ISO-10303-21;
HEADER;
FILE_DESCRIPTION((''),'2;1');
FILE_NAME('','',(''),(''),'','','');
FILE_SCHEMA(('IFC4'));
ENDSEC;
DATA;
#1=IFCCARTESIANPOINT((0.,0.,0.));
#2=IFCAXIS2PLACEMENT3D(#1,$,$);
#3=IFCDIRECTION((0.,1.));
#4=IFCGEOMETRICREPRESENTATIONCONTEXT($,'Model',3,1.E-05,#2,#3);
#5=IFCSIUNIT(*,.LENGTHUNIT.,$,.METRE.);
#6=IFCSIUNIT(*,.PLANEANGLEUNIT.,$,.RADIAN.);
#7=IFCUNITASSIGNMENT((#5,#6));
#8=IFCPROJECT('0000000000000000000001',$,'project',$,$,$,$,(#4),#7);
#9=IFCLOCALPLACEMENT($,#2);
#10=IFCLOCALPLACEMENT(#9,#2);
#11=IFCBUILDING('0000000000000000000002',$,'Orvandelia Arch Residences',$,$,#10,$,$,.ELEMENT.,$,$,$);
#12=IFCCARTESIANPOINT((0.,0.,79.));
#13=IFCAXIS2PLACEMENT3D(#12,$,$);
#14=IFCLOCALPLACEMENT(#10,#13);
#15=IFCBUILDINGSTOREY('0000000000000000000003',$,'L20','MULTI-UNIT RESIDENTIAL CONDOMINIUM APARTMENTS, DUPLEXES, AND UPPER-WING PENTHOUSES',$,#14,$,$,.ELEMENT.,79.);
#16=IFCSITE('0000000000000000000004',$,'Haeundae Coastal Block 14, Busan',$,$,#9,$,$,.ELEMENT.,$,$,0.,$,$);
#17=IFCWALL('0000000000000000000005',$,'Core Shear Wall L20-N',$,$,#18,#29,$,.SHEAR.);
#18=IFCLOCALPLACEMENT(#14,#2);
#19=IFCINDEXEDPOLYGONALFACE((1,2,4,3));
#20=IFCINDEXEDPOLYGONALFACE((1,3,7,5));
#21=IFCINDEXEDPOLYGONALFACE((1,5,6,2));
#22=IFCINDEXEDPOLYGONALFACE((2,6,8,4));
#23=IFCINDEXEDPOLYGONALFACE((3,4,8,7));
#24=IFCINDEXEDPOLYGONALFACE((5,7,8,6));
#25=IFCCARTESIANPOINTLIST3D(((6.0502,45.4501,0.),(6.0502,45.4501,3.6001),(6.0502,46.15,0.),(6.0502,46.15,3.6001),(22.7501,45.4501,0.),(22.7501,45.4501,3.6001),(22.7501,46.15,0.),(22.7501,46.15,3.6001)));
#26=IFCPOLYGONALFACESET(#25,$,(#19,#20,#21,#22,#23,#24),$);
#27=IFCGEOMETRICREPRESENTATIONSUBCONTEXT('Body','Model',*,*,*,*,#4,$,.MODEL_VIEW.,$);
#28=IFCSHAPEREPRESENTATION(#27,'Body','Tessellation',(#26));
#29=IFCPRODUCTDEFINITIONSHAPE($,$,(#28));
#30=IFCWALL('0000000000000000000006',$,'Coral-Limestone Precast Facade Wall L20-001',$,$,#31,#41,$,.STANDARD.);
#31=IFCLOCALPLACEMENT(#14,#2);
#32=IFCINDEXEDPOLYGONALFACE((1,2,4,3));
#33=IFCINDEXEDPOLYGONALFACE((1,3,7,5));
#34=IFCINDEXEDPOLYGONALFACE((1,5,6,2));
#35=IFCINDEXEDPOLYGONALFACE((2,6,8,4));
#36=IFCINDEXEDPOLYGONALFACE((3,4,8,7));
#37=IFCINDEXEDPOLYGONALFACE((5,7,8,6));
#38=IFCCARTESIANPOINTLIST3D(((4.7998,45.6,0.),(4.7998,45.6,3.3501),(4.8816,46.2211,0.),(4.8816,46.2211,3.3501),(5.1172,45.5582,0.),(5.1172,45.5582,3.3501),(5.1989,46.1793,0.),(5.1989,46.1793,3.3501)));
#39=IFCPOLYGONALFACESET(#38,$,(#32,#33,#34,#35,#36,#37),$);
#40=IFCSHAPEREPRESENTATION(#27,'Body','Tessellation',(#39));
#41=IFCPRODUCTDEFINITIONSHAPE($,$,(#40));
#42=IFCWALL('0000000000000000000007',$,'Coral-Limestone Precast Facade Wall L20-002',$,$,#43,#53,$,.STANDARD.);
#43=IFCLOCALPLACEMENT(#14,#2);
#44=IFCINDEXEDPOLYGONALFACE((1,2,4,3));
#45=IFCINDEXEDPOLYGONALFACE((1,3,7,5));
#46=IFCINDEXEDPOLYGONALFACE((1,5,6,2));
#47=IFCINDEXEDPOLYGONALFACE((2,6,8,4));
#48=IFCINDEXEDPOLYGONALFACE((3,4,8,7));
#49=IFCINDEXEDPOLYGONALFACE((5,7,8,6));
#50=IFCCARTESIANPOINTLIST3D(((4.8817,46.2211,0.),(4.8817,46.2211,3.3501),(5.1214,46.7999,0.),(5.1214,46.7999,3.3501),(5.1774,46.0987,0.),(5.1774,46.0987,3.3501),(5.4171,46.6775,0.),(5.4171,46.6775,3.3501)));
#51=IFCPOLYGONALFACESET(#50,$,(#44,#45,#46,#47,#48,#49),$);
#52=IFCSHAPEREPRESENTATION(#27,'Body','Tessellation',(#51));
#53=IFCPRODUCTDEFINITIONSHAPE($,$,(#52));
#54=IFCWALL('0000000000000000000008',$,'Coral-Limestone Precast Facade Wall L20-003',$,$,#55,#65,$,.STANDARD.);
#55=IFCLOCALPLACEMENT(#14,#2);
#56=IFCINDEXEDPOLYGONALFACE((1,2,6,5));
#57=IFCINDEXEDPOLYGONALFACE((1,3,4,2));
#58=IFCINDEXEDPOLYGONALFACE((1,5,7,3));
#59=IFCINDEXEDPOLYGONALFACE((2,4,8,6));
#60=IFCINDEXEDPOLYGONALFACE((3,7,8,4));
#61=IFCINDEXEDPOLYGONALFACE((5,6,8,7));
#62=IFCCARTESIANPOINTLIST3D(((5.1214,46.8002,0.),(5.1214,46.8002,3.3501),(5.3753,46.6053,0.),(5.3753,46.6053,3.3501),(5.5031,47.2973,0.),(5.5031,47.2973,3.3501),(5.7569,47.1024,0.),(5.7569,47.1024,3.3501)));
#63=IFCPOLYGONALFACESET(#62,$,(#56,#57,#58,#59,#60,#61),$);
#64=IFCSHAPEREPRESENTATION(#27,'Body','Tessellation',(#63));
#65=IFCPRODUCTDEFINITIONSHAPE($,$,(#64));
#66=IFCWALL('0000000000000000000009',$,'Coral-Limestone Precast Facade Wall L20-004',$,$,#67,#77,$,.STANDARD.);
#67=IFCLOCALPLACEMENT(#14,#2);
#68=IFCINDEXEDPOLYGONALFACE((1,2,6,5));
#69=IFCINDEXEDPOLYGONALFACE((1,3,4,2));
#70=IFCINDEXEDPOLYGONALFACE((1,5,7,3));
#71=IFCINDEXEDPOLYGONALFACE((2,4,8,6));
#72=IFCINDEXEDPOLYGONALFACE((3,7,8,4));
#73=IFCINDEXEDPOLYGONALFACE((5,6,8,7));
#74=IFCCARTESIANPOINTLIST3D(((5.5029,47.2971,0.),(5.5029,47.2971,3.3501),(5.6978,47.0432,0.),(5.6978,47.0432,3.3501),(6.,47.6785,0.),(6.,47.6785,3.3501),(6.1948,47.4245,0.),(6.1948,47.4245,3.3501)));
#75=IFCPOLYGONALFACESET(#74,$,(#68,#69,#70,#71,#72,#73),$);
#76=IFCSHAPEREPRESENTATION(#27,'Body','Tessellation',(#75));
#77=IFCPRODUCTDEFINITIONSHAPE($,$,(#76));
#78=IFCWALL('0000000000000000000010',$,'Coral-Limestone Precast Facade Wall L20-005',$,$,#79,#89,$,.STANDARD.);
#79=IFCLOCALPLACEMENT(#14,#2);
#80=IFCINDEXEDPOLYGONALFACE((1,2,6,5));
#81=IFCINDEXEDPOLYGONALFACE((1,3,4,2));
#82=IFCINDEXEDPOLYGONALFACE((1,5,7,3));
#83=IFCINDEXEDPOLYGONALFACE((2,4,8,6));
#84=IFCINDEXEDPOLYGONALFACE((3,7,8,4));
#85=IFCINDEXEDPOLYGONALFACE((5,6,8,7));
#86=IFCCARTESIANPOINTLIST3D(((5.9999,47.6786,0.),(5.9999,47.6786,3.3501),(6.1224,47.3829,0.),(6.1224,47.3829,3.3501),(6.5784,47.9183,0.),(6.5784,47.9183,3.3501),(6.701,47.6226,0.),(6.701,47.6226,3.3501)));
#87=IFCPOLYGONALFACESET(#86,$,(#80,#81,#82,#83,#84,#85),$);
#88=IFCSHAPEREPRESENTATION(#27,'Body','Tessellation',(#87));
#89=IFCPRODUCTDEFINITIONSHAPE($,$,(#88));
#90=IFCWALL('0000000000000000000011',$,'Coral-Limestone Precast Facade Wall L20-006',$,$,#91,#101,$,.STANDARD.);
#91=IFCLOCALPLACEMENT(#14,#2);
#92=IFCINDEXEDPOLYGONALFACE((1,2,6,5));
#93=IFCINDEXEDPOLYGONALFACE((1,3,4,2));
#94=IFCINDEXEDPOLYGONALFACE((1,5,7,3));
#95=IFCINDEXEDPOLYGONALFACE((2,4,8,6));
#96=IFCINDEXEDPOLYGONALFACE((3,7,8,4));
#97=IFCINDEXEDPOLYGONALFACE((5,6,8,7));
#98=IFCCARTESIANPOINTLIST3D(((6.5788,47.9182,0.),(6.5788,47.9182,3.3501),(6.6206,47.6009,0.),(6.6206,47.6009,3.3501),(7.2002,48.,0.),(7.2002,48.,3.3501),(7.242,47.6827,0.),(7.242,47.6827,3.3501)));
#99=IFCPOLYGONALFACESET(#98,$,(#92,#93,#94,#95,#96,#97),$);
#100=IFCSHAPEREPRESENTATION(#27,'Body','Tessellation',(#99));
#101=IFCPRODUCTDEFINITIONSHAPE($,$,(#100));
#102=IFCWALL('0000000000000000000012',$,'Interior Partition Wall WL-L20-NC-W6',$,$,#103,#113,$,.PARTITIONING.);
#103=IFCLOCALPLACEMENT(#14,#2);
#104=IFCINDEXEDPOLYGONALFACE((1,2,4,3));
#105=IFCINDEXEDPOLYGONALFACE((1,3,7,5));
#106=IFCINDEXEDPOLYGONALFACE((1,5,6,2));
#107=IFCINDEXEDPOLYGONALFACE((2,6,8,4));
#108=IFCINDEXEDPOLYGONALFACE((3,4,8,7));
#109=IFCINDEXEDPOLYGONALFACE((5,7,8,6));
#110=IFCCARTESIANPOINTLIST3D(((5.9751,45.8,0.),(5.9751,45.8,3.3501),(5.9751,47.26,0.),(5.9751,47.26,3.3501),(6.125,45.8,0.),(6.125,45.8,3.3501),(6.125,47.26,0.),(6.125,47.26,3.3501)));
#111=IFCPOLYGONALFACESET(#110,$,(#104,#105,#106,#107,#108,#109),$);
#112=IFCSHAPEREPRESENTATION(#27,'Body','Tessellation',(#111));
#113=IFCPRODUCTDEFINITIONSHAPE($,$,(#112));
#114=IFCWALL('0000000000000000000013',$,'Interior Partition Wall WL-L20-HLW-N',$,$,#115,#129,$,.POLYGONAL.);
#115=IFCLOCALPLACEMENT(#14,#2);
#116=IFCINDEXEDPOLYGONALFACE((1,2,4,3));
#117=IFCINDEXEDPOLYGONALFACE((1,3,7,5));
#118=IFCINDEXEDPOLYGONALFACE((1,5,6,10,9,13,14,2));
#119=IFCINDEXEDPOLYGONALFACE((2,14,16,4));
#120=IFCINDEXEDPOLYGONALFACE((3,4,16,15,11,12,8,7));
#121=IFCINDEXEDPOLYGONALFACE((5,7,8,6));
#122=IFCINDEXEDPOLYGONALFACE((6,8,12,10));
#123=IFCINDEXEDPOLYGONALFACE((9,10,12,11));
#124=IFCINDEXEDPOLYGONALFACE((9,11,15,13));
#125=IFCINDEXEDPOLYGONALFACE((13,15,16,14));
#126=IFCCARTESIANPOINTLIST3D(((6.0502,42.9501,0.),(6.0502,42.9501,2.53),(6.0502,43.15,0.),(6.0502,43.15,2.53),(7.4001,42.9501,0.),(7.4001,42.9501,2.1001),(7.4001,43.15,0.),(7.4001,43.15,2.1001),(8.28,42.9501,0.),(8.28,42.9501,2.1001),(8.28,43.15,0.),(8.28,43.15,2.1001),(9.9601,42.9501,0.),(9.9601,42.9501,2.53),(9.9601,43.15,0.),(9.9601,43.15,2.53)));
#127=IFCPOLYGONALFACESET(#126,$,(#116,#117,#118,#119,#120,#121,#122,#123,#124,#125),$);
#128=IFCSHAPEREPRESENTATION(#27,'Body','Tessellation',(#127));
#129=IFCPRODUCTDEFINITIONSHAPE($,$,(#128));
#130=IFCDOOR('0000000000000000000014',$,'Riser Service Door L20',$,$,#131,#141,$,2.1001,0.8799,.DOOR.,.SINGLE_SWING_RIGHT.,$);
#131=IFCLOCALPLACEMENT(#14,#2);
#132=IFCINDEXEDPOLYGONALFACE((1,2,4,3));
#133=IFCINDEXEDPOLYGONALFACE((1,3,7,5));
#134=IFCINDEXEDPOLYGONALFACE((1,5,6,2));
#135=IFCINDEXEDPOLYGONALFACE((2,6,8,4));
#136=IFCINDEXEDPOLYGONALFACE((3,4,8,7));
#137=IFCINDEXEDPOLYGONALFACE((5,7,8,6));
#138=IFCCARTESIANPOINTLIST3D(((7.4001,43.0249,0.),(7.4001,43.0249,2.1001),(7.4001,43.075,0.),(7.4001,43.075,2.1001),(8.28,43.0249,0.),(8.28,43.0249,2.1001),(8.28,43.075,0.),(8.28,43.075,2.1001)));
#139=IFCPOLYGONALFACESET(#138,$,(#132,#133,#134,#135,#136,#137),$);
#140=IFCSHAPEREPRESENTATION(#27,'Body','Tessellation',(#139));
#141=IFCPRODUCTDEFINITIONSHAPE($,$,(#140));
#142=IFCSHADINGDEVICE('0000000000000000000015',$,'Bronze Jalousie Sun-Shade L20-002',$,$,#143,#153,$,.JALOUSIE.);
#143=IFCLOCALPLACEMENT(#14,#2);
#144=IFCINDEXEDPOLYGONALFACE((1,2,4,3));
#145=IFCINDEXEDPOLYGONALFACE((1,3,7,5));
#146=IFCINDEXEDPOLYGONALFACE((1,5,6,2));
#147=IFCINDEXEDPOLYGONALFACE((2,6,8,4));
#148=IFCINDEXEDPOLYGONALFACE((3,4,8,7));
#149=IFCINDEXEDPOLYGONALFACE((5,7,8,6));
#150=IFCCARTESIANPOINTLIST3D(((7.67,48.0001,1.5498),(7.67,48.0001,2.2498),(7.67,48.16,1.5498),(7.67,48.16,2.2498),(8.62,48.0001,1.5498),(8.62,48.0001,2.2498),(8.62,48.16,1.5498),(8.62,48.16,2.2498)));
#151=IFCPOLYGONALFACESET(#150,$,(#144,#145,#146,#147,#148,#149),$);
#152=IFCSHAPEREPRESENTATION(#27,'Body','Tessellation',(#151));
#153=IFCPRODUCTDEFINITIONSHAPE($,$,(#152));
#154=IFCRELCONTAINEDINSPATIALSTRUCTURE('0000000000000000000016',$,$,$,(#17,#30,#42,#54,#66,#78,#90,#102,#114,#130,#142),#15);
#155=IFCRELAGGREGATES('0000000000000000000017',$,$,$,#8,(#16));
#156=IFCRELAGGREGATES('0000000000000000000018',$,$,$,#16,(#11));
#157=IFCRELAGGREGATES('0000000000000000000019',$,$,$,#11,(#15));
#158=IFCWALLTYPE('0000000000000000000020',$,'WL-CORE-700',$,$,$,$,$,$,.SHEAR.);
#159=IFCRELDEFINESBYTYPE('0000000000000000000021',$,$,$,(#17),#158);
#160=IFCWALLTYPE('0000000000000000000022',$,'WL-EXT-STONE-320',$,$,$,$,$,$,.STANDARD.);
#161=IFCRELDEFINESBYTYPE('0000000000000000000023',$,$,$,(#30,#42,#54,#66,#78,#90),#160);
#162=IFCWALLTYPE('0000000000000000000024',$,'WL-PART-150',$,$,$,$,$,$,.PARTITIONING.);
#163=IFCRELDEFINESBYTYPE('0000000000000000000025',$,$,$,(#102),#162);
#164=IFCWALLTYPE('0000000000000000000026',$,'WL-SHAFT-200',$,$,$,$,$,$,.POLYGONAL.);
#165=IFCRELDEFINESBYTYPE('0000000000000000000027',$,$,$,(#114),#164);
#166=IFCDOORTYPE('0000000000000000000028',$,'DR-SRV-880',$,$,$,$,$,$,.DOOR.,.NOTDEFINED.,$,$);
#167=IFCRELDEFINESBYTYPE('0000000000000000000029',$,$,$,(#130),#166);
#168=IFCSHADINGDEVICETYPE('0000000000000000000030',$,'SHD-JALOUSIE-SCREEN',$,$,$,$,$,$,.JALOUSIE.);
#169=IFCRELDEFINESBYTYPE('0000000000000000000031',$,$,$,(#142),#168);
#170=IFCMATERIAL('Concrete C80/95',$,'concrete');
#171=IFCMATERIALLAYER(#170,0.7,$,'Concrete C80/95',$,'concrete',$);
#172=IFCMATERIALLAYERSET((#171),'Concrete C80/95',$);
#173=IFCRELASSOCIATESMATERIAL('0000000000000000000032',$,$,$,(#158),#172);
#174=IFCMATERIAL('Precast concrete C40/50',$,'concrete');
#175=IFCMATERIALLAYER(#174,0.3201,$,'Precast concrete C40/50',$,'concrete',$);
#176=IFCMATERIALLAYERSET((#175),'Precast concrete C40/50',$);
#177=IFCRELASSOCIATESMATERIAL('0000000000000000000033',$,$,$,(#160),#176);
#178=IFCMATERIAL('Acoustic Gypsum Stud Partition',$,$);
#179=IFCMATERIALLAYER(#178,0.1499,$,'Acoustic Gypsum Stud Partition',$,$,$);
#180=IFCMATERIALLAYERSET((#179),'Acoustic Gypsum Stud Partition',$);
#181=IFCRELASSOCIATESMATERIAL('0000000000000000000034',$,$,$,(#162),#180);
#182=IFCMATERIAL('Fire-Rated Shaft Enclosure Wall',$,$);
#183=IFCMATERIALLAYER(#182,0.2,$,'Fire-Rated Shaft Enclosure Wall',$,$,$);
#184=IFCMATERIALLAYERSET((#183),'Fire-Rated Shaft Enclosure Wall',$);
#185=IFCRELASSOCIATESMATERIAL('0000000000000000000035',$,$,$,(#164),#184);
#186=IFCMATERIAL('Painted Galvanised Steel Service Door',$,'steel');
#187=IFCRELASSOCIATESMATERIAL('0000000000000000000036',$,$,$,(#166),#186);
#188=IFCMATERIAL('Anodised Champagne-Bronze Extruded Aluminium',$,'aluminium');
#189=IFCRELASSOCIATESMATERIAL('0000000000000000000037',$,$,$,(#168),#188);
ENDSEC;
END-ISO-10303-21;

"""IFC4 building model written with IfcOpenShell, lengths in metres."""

from ifc_helpers import new_model, si_unit, direction, frame, frame_2d, origin, origin_2d, place, context, subcontext, project, spatial, rectangle, extrude, material, layer, layer_set, type_object, element, fill, save


model = new_model("IFC4")

# Units and contexts
model_context = context("Model", 3, precision=1e-05, world=origin(), true_north=direction((0.0, 1.0)))
body_context = subcontext(model_context, "Body", "Model", "MODEL_VIEW")
ifc_project = project(units=[si_unit("LENGTHUNIT", "METRE"), si_unit("PLANEANGLEUNIT", "RADIAN")], contexts=[model_context])

# Site, building, storey
site_placement = place(None, origin())
site = spatial("IfcSite", under=ifc_project, at=site_placement, Name="Haeundae Coastal Block 14, Busan", CompositionType="ELEMENT", RefElevation=0.0)
building_placement = place(site_placement, origin())
building = spatial("IfcBuilding", under=site, at=building_placement, Name="Orvandelia Arch Residences", CompositionType="ELEMENT")
storey_placement = place(building_placement, frame((0.0, 0.0, 79.0)))
storey = spatial("IfcBuildingStorey", under=building, at=storey_placement, Name="L20", Description="MULTI-UNIT RESIDENTIAL CONDOMINIUM APARTMENTS, DUPLEXES, AND UPPER-WING PENTHOUSES", CompositionType="ELEMENT", Elevation=79.0)

# Shared definitions
ifc_material_1 = material(Name="Concrete C80/95", Category="concrete")

# Walls
ifc_layer_1 = layer(ifc_material_1, 0.7, Name="Concrete C80/95", Category="concrete")
ifc_layer_set_1 = layer_set([ifc_layer_1], Name="Concrete C80/95")
wall_type_1 = type_object("IfcWallType", Name="WL-CORE-700", PredefinedType="SHEAR", material=ifc_layer_set_1)
wall_1_placement = place(storey_placement, frame((6.05, 45.8, 0.0), z_axis=(0.0, 0.0, 1.0), x_axis=(1.0, 0.0, 0.0)))
element("IfcWall", 1, at=wall_1_placement, inside=storey, type_object=wall_type_1, Name="Core Shear Wall L20-N", PredefinedType="SHEAR", context=body_context, shape_type="SweptSolid", body=[
    extrude(rectangle(XDim=16.7, YDim=0.7, at=frame_2d((8.3501, 0.0))), origin(), (0.0, 0.0, 1.0), 3.6001),
])
ifc_material_2 = material(Name="Precast concrete C40/50", Category="concrete")
ifc_layer_2 = layer(ifc_material_2, 0.3201, Name="Precast concrete C40/50", Category="concrete")
ifc_layer_set_2 = layer_set([ifc_layer_2], Name="Precast concrete C40/50")
wall_type_2 = type_object("IfcWallType", Name="WL-EXT-STONE-320", PredefinedType="STANDARD", material=ifc_layer_set_2)
for number, where, z_axis, x_axis, name in (
    (2, (4.9585, 45.5791, 0.0), (0.0, 0.0, 1.0), (0.130555, 0.991441, 0.0), "Coral-Limestone Precast Facade Wall L20-001"),
    (3, (5.0295, 46.1599, 0.0), (0.0, 0.0, 1.0), (0.38265, 0.923893, 0.0), "Coral-Limestone Precast Facade Wall L20-002"),
):
    element("IfcWall", number, at=place(storey_placement, frame(where, z_axis=z_axis, x_axis=x_axis)), inside=storey, type_object=wall_type_2, Name=name, PredefinedType="STANDARD", context=body_context, shape_type="SweptSolid", body=[
        extrude(rectangle(XDim=0.6265, YDim=0.3201, at=frame_2d((0.3132, 0.0))), origin(), (0.0, 0.0, 1.0), 3.3501),
    ])
wall_2_placement = place(storey_placement, frame((5.2483, 46.7026, 0.0), z_axis=(0.0, 0.0, 1.0), x_axis=(0.608939, 0.793217, 0.0)))
element("IfcWall", 4, at=wall_2_placement, inside=storey, type_object=wall_type_2, Name="Coral-Limestone Precast Facade Wall L20-003", PredefinedType="STANDARD", context=body_context, shape_type="SweptSolid", body=[
    extrude(rectangle(XDim=0.6267, YDim=0.3201, at=frame_2d((0.3135, 0.0))), origin(), (0.0, 0.0, 1.0), 3.3501),
])
wall_3_placement = place(storey_placement, frame((5.6003, 47.1702, 0.0), z_axis=(0.0, 0.0, 1.0), x_axis=(0.793406, 0.608693, 0.0)))
element("IfcWall", 5, at=wall_3_placement, inside=storey, type_object=wall_type_2, Name="Coral-Limestone Precast Facade Wall L20-004", PredefinedType="STANDARD", context=body_context, shape_type="SweptSolid", body=[
    extrude(rectangle(XDim=0.6265, YDim=0.3201, at=frame_2d((0.3132, 0.0))), origin(), (0.0, 0.0, 1.0), 3.3501),
])
wall_4_placement = place(storey_placement, frame((6.0613, 47.5308, 0.0), z_axis=(0.0, 0.0, 1.0), x_axis=(0.923836, 0.382788, 0.0)))
element("IfcWall", 6, at=wall_4_placement, inside=storey, type_object=wall_type_2, Name="Coral-Limestone Precast Facade Wall L20-005", PredefinedType="STANDARD", context=body_context, shape_type="SweptSolid", body=[
    extrude(rectangle(XDim=0.6262, YDim=0.3201, at=frame_2d((0.313, 0.0))), origin(), (0.0, 0.0, 1.0), 3.3501),
])
wall_5_placement = place(storey_placement, frame((6.5996, 47.7595, 0.0), z_axis=(0.0, 0.0, 1.0), x_axis=(0.991448, 0.130505, 0.0)))
element("IfcWall", 7, at=wall_5_placement, inside=storey, type_object=wall_type_2, Name="Coral-Limestone Precast Facade Wall L20-006", PredefinedType="STANDARD", context=body_context, shape_type="SweptSolid", body=[
    extrude(rectangle(XDim=0.6267, YDim=0.3201, at=frame_2d((0.3135, 0.0))), origin(), (0.0, 0.0, 1.0), 3.3501),
])

# Wall
ifc_material_3 = material(Name="Acoustic Gypsum Stud Partition")
ifc_layer_3 = layer(ifc_material_3, 0.1499, Name="Acoustic Gypsum Stud Partition")
ifc_layer_set_3 = layer_set([ifc_layer_3], Name="Acoustic Gypsum Stud Partition")
wall_type_3 = type_object("IfcWallType", Name="WL-PART-150", PredefinedType="PARTITIONING", material=ifc_layer_set_3)
wall_6_placement = place(storey_placement, frame((6.05, 45.8, 0.0), z_axis=(0.0, 0.0, 1.0), x_axis=(0.0, 1.0, 0.0)))
element("IfcWall", 8, at=wall_6_placement, inside=storey, type_object=wall_type_3, Name="Interior Partition Wall WL-L20-NC-W6", PredefinedType="PARTITIONING", context=body_context, shape_type="SweptSolid", body=[
    extrude(rectangle(XDim=1.46, YDim=0.1499, at=frame_2d((0.73, 0.0))), origin(), (0.0, 0.0, 1.0), 3.3501),
])

# Wall, opening, door
ifc_material_4 = material(Name="Fire-Rated Shaft Enclosure Wall")
ifc_layer_4 = layer(ifc_material_4, 0.2, Name="Fire-Rated Shaft Enclosure Wall")
ifc_layer_set_4 = layer_set([ifc_layer_4], Name="Fire-Rated Shaft Enclosure Wall")
wall_type_4 = type_object("IfcWallType", Name="WL-SHAFT-200", PredefinedType="POLYGONAL", material=ifc_layer_set_4)
wall_7_placement = place(storey_placement, frame((6.05, 43.05, 0.0), z_axis=(0.0, 0.0, 1.0), x_axis=(1.0, 0.0, 0.0)))
wall_7 = element("IfcWall", 9, at=wall_7_placement, inside=storey, type_object=wall_type_4, Name="Interior Partition Wall WL-L20-HLW-N", PredefinedType="POLYGONAL", context=body_context, shape_type="SweptSolid", body=[
    extrude(rectangle(XDim=3.9099, YDim=0.2, at=frame_2d((1.9551, 0.0))), origin(), (0.0, 0.0, 1.0), 2.53),
])
opening_1_placement = place(wall_7_placement, frame((1.3501, 0.0, 0.0)))
opening_1 = element("IfcOpeningElement", 10, at=opening_1_placement, cuts=wall_7, PredefinedType="OPENING", context=body_context, shape_type="SweptSolid", body=[
    extrude(rectangle(XDim=0.8799, YDim=2.1001, at=frame_2d((0.4399, 1.05))), frame((0.0, 0.1099, 0.0), z_axis=(0.0, -1.0, 0.0), x_axis=(1.0, 0.0, 0.0)), (0.0, 0.0, 1.0), 0.22),
])
ifc_material_5 = material(Name="Painted Galvanised Steel Service Door", Category="steel")
door_type = type_object("IfcDoorType", Name="DR-SRV-880", OperationType="NOTDEFINED", PredefinedType="DOOR", material=ifc_material_5)
door_placement = place(opening_1_placement, origin())
door = element("IfcDoor", 11, at=door_placement, inside=storey, type_object=door_type, Name="Riser Service Door L20", OperationType="SINGLE_SWING_RIGHT", OverallHeight=2.1001, OverallWidth=0.8799, PredefinedType="DOOR", context=body_context, shape_type="SweptSolid", body=[
    extrude(rectangle(XDim=0.8799, YDim=2.1001, at=frame_2d((0.4399, 1.05))), frame((0.0, 0.0249, 0.0), z_axis=(0.0, -1.0, 0.0), x_axis=(1.0, 0.0, 0.0)), (0.0, 0.0, 1.0), 0.05),
])
fill(opening_1, door)

# Shading device
ifc_material_6 = material(Name="Anodised Champagne-Bronze Extruded Aluminium", Category="aluminium")
shading_device_type = type_object("IfcShadingDeviceType", Name="SHD-JALOUSIE-SCREEN", PredefinedType="JALOUSIE", material=ifc_material_6)
shading_device_placement = place(storey_placement, frame((8.145, 48.0801, 1.5498), z_axis=(0.0, 0.0, 1.0), x_axis=(1.0, 0.0, 0.0)))
element("IfcShadingDevice", 12, at=shading_device_placement, inside=storey, type_object=shading_device_type, Name="Bronze Jalousie Sun-Shade L20-002", PredefinedType="JALOUSIE", context=body_context, shape_type="SweptSolid", body=[
    extrude(rectangle(XDim=0.95, YDim=0.1599, at=origin_2d()), origin(), (0.0, 0.0, 1.0), 0.7),
])

save(model, "model.ifc")
